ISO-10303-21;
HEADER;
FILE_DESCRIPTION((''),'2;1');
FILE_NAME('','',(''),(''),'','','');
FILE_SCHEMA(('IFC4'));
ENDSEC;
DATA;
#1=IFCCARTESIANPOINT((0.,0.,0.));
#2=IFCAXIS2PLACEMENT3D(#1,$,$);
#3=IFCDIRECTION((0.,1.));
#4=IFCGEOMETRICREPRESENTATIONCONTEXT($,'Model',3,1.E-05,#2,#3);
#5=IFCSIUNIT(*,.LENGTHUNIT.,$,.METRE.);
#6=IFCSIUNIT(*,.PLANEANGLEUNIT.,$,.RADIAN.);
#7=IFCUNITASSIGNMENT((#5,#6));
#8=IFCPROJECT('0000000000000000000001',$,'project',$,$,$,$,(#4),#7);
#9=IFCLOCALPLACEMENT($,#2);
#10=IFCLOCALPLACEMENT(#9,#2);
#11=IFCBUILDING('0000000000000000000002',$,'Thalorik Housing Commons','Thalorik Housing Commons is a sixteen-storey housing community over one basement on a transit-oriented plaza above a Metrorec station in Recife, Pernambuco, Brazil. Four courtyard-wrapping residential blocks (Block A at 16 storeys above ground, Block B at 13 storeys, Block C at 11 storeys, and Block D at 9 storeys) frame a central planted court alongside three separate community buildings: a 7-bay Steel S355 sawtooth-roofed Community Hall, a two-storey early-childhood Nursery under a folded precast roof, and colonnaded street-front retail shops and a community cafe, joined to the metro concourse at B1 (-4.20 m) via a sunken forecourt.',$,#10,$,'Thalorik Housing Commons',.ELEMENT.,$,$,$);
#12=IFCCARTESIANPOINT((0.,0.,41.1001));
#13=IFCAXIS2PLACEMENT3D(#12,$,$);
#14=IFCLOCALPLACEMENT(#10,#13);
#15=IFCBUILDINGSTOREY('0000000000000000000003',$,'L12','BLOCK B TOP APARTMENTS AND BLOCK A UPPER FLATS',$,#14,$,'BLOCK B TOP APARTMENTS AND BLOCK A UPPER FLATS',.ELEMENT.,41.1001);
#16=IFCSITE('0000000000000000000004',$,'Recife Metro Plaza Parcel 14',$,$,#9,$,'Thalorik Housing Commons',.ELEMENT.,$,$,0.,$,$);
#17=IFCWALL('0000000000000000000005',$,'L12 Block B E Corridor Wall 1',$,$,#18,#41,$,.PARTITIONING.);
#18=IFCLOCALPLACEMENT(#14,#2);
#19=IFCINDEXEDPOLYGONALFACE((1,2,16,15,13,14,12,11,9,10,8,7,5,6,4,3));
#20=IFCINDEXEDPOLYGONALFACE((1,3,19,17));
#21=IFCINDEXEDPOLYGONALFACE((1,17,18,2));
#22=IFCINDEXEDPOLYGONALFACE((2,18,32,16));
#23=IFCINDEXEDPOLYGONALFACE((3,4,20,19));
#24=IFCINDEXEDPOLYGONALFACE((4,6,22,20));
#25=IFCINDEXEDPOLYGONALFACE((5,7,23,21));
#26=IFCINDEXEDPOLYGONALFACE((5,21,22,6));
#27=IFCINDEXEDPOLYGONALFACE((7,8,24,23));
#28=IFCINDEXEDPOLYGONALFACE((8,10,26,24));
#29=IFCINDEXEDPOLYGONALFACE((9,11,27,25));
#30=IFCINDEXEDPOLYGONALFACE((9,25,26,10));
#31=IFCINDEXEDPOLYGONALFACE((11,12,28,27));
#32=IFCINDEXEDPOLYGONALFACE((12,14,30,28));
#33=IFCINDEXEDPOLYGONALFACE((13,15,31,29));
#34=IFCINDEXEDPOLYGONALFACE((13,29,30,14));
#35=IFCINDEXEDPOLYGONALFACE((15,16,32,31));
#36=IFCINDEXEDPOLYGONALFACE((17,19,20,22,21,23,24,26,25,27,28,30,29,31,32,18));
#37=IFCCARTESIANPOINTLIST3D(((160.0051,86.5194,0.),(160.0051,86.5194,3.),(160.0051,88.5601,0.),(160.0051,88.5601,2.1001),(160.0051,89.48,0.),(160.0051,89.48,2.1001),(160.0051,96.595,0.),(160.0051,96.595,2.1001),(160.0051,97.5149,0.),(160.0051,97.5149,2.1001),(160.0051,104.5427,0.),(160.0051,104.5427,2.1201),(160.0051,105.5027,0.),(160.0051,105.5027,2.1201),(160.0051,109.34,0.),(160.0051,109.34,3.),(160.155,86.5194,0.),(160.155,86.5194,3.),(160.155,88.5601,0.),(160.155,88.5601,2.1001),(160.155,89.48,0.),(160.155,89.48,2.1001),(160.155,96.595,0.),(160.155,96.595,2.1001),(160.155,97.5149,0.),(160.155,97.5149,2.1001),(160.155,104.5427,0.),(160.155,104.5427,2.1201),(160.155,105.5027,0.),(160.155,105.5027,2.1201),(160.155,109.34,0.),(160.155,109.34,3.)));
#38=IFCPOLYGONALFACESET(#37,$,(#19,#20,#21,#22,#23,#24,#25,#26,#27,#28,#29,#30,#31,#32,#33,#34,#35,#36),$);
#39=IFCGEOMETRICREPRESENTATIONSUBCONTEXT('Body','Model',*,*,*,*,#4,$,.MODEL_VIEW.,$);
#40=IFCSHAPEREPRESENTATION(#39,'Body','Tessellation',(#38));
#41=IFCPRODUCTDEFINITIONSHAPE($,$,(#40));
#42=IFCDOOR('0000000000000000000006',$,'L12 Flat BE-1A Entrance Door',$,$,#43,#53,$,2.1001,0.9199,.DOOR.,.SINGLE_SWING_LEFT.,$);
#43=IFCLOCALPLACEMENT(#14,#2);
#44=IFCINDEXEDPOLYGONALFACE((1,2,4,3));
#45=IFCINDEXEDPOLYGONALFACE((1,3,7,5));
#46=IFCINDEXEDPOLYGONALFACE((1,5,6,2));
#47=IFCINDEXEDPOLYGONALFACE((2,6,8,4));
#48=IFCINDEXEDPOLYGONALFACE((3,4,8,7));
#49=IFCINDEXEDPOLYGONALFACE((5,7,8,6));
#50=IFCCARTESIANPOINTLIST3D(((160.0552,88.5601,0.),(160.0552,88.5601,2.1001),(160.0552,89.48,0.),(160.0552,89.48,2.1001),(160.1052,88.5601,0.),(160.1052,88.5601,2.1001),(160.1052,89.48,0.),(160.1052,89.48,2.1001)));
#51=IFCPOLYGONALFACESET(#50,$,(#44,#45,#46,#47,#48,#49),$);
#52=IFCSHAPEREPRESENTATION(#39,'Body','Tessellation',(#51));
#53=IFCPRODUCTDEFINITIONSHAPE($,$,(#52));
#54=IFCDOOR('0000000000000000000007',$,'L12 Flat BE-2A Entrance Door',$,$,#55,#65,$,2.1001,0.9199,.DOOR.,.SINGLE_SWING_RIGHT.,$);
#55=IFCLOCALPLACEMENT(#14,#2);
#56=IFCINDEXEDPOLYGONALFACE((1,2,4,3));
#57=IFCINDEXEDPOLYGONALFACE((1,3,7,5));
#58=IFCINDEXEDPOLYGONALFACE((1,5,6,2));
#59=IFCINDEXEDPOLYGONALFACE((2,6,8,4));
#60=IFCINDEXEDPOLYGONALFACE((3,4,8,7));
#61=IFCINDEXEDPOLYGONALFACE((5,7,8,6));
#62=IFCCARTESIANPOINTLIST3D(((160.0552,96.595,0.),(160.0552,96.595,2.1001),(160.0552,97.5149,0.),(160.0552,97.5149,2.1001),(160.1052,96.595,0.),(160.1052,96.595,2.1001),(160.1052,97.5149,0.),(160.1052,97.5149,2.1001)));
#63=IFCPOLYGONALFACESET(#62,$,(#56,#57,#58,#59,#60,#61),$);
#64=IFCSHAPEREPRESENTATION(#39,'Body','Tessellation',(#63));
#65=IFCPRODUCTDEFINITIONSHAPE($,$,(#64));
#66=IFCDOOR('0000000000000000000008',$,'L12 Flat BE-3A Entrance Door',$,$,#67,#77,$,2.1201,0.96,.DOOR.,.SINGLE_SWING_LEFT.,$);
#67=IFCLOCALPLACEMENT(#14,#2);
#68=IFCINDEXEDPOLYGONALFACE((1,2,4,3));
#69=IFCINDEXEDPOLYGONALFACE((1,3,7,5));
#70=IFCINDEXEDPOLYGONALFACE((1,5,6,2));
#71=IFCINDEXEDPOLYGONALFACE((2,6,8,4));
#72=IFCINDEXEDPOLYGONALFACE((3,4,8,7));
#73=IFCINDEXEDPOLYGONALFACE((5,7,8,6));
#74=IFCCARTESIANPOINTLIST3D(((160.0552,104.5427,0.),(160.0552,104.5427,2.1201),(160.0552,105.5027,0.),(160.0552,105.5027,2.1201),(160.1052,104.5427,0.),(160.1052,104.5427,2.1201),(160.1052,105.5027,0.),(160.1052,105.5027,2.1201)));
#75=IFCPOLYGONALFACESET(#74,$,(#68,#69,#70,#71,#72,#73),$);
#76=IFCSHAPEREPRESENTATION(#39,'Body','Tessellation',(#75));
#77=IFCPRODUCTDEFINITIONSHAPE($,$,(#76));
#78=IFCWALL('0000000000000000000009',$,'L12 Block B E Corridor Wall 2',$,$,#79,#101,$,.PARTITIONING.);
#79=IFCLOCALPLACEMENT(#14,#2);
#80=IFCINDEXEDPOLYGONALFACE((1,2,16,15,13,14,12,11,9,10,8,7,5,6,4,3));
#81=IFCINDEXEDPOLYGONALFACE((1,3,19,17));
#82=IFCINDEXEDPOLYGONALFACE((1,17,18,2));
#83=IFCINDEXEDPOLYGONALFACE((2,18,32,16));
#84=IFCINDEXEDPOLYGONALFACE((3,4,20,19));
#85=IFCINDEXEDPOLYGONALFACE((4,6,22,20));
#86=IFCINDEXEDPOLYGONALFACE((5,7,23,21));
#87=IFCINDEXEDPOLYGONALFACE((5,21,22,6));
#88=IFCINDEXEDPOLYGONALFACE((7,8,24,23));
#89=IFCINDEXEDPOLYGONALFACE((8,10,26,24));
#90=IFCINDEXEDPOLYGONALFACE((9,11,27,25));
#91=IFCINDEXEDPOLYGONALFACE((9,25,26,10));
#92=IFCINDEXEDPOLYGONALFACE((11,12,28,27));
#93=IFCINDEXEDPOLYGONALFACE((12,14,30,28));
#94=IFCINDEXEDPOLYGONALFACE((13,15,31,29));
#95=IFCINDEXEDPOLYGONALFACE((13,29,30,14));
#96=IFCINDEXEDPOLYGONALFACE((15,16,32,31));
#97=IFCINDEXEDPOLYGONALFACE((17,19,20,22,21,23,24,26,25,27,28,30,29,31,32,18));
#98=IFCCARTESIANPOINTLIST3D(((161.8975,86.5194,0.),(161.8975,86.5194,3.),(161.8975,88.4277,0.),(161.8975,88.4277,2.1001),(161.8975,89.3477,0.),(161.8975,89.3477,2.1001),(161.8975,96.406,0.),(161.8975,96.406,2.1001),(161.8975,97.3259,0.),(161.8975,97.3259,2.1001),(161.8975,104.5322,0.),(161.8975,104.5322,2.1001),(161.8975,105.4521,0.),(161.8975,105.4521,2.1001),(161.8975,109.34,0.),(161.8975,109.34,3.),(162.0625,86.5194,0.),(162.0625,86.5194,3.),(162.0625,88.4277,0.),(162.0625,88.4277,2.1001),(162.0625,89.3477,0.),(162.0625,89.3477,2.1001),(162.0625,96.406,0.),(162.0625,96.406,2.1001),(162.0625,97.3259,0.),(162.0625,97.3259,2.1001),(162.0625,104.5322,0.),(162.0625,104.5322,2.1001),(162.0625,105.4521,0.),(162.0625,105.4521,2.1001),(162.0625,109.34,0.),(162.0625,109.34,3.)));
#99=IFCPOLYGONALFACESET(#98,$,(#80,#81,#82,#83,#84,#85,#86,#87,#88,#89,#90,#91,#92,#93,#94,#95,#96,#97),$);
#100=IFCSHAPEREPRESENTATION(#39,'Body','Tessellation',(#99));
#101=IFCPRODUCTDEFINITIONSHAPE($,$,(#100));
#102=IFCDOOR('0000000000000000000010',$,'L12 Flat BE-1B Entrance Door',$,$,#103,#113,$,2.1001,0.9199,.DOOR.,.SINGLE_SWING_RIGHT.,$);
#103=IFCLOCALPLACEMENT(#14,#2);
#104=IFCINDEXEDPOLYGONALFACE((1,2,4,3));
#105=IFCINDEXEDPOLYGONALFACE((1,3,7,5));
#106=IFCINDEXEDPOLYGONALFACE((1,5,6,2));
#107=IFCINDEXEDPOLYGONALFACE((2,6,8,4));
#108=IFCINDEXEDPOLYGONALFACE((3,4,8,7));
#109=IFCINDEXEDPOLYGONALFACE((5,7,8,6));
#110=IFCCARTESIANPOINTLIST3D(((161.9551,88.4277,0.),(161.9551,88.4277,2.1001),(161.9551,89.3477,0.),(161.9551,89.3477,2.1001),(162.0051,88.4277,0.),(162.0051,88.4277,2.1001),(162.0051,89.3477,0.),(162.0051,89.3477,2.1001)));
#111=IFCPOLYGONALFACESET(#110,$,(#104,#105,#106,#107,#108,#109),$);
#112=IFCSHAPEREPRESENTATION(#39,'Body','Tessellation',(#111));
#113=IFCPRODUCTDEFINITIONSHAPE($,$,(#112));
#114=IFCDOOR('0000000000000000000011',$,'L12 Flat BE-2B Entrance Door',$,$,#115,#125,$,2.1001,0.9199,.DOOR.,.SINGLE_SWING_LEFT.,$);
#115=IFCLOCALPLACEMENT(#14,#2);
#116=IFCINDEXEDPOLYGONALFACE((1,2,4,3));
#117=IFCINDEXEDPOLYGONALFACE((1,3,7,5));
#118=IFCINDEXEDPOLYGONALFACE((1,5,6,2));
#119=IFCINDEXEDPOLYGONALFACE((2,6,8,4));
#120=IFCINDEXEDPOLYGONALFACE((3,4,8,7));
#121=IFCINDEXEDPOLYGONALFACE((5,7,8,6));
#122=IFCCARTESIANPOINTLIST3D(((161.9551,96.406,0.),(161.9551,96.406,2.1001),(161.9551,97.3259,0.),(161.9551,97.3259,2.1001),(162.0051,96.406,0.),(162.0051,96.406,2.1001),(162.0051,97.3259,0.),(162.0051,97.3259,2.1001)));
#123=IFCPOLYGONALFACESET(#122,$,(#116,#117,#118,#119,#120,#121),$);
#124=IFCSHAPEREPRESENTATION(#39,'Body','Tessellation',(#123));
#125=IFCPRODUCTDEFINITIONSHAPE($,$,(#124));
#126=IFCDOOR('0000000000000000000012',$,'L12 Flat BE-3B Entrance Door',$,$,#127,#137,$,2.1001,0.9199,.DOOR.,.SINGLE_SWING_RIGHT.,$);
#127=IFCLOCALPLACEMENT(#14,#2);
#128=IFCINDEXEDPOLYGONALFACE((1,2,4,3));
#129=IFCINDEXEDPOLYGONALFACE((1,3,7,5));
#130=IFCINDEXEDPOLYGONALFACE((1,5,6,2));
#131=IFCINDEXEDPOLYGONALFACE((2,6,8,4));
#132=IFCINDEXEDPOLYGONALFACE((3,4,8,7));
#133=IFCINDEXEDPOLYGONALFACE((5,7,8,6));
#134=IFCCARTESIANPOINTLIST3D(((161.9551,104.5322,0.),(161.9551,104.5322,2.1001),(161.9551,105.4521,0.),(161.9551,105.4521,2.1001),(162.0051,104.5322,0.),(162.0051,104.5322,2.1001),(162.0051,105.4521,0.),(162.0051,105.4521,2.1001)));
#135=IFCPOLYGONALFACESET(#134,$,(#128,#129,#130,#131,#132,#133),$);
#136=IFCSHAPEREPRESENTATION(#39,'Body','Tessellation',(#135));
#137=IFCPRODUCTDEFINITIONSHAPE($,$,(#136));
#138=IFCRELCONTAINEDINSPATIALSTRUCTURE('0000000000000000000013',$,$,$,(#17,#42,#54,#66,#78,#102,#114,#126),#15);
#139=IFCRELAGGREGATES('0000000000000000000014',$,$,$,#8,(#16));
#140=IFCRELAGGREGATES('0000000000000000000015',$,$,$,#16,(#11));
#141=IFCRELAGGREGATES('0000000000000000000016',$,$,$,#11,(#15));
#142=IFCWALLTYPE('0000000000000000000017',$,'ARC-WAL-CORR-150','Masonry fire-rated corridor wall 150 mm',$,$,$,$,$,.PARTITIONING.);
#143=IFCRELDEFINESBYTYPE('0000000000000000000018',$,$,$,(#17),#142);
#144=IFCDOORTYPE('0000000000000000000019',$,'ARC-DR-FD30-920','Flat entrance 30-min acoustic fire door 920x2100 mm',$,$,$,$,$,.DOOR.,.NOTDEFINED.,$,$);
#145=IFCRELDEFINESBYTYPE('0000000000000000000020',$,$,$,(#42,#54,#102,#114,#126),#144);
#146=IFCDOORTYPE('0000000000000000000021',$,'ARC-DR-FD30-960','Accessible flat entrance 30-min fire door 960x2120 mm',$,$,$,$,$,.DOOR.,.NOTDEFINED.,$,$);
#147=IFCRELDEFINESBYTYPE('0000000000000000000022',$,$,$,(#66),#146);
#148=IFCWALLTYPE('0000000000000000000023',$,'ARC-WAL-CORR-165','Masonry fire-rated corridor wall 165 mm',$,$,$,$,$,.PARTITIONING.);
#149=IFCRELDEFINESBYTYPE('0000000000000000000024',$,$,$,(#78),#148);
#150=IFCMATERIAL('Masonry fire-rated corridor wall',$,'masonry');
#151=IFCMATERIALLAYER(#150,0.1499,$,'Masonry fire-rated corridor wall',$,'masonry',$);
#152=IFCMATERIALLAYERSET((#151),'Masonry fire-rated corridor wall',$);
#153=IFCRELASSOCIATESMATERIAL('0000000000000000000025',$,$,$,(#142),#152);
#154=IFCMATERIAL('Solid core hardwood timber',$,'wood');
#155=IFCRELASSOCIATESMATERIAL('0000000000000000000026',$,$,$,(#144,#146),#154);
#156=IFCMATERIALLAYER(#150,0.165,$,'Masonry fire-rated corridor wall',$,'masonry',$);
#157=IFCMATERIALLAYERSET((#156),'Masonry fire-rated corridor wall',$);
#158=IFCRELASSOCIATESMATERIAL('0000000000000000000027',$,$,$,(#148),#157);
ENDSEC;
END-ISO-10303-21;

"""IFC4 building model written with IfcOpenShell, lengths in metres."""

from ifc_helpers import new_model, si_unit, direction, frame, frame_2d, origin, place, context, subcontext, project, spatial, rectangle, extrude, material, layer, layer_set, type_object, element, fill, save


model = new_model("IFC4")

# Units and contexts
model_context = context("Model", 3, precision=1e-05, world=origin(), true_north=direction((0.0, 1.0)))
body_context = subcontext(model_context, "Body", "Model", "MODEL_VIEW")
ifc_project = project(units=[si_unit("LENGTHUNIT", "METRE"), si_unit("PLANEANGLEUNIT", "RADIAN")], contexts=[model_context])

# Site, building, storey
site_placement = place(None, origin())
site = spatial("IfcSite", under=ifc_project, at=site_placement, Name="Recife Metro Plaza Parcel 14", LongName="Thalorik Housing Commons", CompositionType="ELEMENT", RefElevation=0.0)
building_placement = place(site_placement, origin())
building = spatial("IfcBuilding", under=site, at=building_placement, Name="Thalorik Housing Commons", Description="Thalorik Housing Commons is a sixteen-storey housing community over one basement on a transit-oriented plaza above a Metrorec station in Recife, Pernambuco, Brazil. Four courtyard-wrapping residential blocks (Block A at 16 storeys above ground, Block B at 13 storeys, Block C at 11 storeys, and Block D at 9 storeys) frame a central planted court alongside three separate community buildings: a 7-bay Steel S355 sawtooth-roofed Community Hall, a two-storey early-childhood Nursery under a folded precast roof, and colonnaded street-front retail shops and a community cafe, joined to the metro concourse at B1 (-4.20 m) via a sunken forecourt.", LongName="Thalorik Housing Commons", CompositionType="ELEMENT")
storey_placement = place(building_placement, frame((0.0, 0.0, 41.1001)))
storey = spatial("IfcBuildingStorey", under=building, at=storey_placement, Name="L12", Description="BLOCK B TOP APARTMENTS AND BLOCK A UPPER FLATS", LongName="BLOCK B TOP APARTMENTS AND BLOCK A UPPER FLATS", CompositionType="ELEMENT", Elevation=41.1001)

# Walls, openings, doors
ifc_material_1 = material(Name="Masonry fire-rated corridor wall", Category="masonry")
ifc_layer_1 = layer(ifc_material_1, 0.1499, Name="Masonry fire-rated corridor wall", Category="masonry")
ifc_layer_set_1 = layer_set([ifc_layer_1], Name="Masonry fire-rated corridor wall")
wall_type_1 = type_object("IfcWallType", Name="ARC-WAL-CORR-150", Description="Masonry fire-rated corridor wall 150 mm", PredefinedType="PARTITIONING", material=ifc_layer_set_1)
wall_1_placement = place(storey_placement, frame((160.0801, 86.5195, 0.0), z_axis=(0.0, 0.0, 1.0), x_axis=(0.0, 1.0, 0.0)))
wall_1 = element("IfcWall", 1, at=wall_1_placement, inside=storey, type_object=wall_type_1, Name="L12 Block B E Corridor Wall 1", PredefinedType="PARTITIONING", context=body_context, shape_type="SweptSolid", body=[
    extrude(rectangle(XDim=22.8206, YDim=0.1499, at=frame_2d((11.4102, 0.0))), origin(), (0.0, 0.0, 1.0), 3.0),
])
opening_1_placement = place(wall_1_placement, frame((2.0405, 0.0, 0.0)))
opening_1 = element("IfcOpeningElement", 2, at=opening_1_placement, cuts=wall_1, PredefinedType="OPENING", context=body_context, shape_type="SweptSolid", body=[
    extrude(rectangle(XDim=0.9199, YDim=2.1001, at=frame_2d((0.46, 1.05))), frame((0.0, 0.085, 0.0), z_axis=(0.0, -1.0, 0.0), x_axis=(1.0, 0.0, 0.0)), (0.0, 0.0, 1.0), 0.1699),
])
opening_2_placement = place(wall_1_placement, frame((10.0754, 0.0, 0.0)))
opening_2 = element("IfcOpeningElement", 3, at=opening_2_placement, cuts=wall_1, PredefinedType="OPENING", context=body_context, shape_type="SweptSolid", body=[
    extrude(rectangle(XDim=0.9199, YDim=2.1001, at=frame_2d((0.46, 1.05))), frame((0.0, 0.085, 0.0), z_axis=(0.0, -1.0, 0.0), x_axis=(1.0, 0.0, 0.0)), (0.0, 0.0, 1.0), 0.1699),
])
opening_3_placement = place(wall_1_placement, frame((18.0232, 0.0, 0.0)))
opening_3 = element("IfcOpeningElement", 4, at=opening_3_placement, cuts=wall_1, PredefinedType="OPENING", context=body_context, shape_type="SweptSolid", body=[
    extrude(rectangle(XDim=0.96, YDim=2.1201, at=frame_2d((0.48, 1.0601))), frame((0.0, 0.085, 0.0), z_axis=(0.0, -1.0, 0.0), x_axis=(1.0, 0.0, 0.0)), (0.0, 0.0, 1.0), 0.1699),
])
ifc_material_2 = material(Name="Solid core hardwood timber", Category="wood")
door_type_1 = type_object("IfcDoorType", Name="ARC-DR-FD30-920", Description="Flat entrance 30-min acoustic fire door 920x2100 mm", OperationType="NOTDEFINED", PredefinedType="DOOR", material=ifc_material_2)
door_1_placement = place(opening_1_placement, origin())
door_1 = element("IfcDoor", 5, at=door_1_placement, inside=storey, type_object=door_type_1, Name="L12 Flat BE-1A Entrance Door", OperationType="SINGLE_SWING_LEFT", OverallHeight=2.1001, OverallWidth=0.9199, PredefinedType="DOOR", context=body_context, shape_type="SweptSolid", body=[
    extrude(rectangle(XDim=0.9199, YDim=2.1001, at=frame_2d((0.46, 1.05))), frame((0.0, 0.0249, 0.0), z_axis=(0.0, -1.0, 0.0), x_axis=(1.0, 0.0, 0.0)), (0.0, 0.0, 1.0), 0.05),
])
fill(opening_1, door_1)
door_2_placement = place(opening_2_placement, origin())
door_2 = element("IfcDoor", 6, at=door_2_placement, inside=storey, type_object=door_type_1, Name="L12 Flat BE-2A Entrance Door", OperationType="SINGLE_SWING_RIGHT", OverallHeight=2.1001, OverallWidth=0.9199, PredefinedType="DOOR", context=body_context, shape_type="SweptSolid", body=[
    extrude(rectangle(XDim=0.9199, YDim=2.1001, at=frame_2d((0.46, 1.05))), frame((0.0, 0.0249, 0.0), z_axis=(0.0, -1.0, 0.0), x_axis=(1.0, 0.0, 0.0)), (0.0, 0.0, 1.0), 0.05),
])
fill(opening_2, door_2)
door_type_2 = type_object("IfcDoorType", Name="ARC-DR-FD30-960", Description="Accessible flat entrance 30-min fire door 960x2120 mm", OperationType="NOTDEFINED", PredefinedType="DOOR", material=ifc_material_2)
door_3_placement = place(opening_3_placement, origin())
door_3 = element("IfcDoor", 7, at=door_3_placement, inside=storey, type_object=door_type_2, Name="L12 Flat BE-3A Entrance Door", OperationType="SINGLE_SWING_LEFT", OverallHeight=2.1201, OverallWidth=0.96, PredefinedType="DOOR", context=body_context, shape_type="SweptSolid", body=[
    extrude(rectangle(XDim=0.96, YDim=2.1201, at=frame_2d((0.48, 1.0601))), frame((0.0, 0.0249, 0.0), z_axis=(0.0, -1.0, 0.0), x_axis=(1.0, 0.0, 0.0)), (0.0, 0.0, 1.0), 0.05),
])
fill(opening_3, door_3)
ifc_layer_2 = layer(ifc_material_1, 0.165, Name="Masonry fire-rated corridor wall", Category="masonry")
ifc_layer_set_2 = layer_set([ifc_layer_2], Name="Masonry fire-rated corridor wall")
wall_type_2 = type_object("IfcWallType", Name="ARC-WAL-CORR-165", Description="Masonry fire-rated corridor wall 165 mm", PredefinedType="PARTITIONING", material=ifc_layer_set_2)
wall_2_placement = place(storey_placement, frame((161.98, 86.5195, 0.0), z_axis=(0.0, 0.0, 1.0), x_axis=(0.0, 1.0, 0.0)))
wall_2 = element("IfcWall", 8, at=wall_2_placement, inside=storey, type_object=wall_type_2, Name="L12 Block B E Corridor Wall 2", PredefinedType="PARTITIONING", context=body_context, shape_type="SweptSolid", body=[
    extrude(rectangle(XDim=22.8206, YDim=0.165, at=frame_2d((11.4102, 0.0))), origin(), (0.0, 0.0, 1.0), 3.0),
])
opening_4_placement = place(wall_2_placement, frame((1.9082, 0.0, 0.0)))
opening_4 = element("IfcOpeningElement", 9, at=opening_4_placement, cuts=wall_2, PredefinedType="OPENING", context=body_context, shape_type="SweptSolid", body=[
    extrude(rectangle(XDim=0.9199, YDim=2.1001, at=frame_2d((0.46, 1.05))), frame((0.0, 0.0925, 0.0), z_axis=(0.0, -1.0, 0.0), x_axis=(1.0, 0.0, 0.0)), (0.0, 0.0, 1.0), 0.1851),
])
opening_5_placement = place(wall_2_placement, frame((9.8865, 0.0, 0.0)))
opening_5 = element("IfcOpeningElement", 10, at=opening_5_placement, cuts=wall_2, PredefinedType="OPENING", context=body_context, shape_type="SweptSolid", body=[
    extrude(rectangle(XDim=0.9199, YDim=2.1001, at=frame_2d((0.46, 1.05))), frame((0.0, 0.0925, 0.0), z_axis=(0.0, -1.0, 0.0), x_axis=(1.0, 0.0, 0.0)), (0.0, 0.0, 1.0), 0.1851),
])
opening_6_placement = place(wall_2_placement, frame((18.0127, 0.0, 0.0)))
opening_6 = element("IfcOpeningElement", 11, at=opening_6_placement, cuts=wall_2, PredefinedType="OPENING", context=body_context, shape_type="SweptSolid", body=[
    extrude(rectangle(XDim=0.9199, YDim=2.1001, at=frame_2d((0.46, 1.05))), frame((0.0, 0.0925, 0.0), z_axis=(0.0, -1.0, 0.0), x_axis=(1.0, 0.0, 0.0)), (0.0, 0.0, 1.0), 0.1851),
])
door_4_placement = place(opening_4_placement, origin())
door_4 = element("IfcDoor", 12, at=door_4_placement, inside=storey, type_object=door_type_1, Name="L12 Flat BE-1B Entrance Door", OperationType="SINGLE_SWING_RIGHT", OverallHeight=2.1001, OverallWidth=0.9199, PredefinedType="DOOR", context=body_context, shape_type="SweptSolid", body=[
    extrude(rectangle(XDim=0.9199, YDim=2.1001, at=frame_2d((0.46, 1.05))), frame((0.0, 0.0249, 0.0), z_axis=(0.0, -1.0, 0.0), x_axis=(1.0, 0.0, 0.0)), (0.0, 0.0, 1.0), 0.05),
])
fill(opening_4, door_4)
door_5_placement = place(opening_5_placement, origin())
door_5 = element("IfcDoor", 13, at=door_5_placement, inside=storey, type_object=door_type_1, Name="L12 Flat BE-2B Entrance Door", OperationType="SINGLE_SWING_LEFT", OverallHeight=2.1001, OverallWidth=0.9199, PredefinedType="DOOR", context=body_context, shape_type="SweptSolid", body=[
    extrude(rectangle(XDim=0.9199, YDim=2.1001, at=frame_2d((0.46, 1.05))), frame((0.0, 0.0249, 0.0), z_axis=(0.0, -1.0, 0.0), x_axis=(1.0, 0.0, 0.0)), (0.0, 0.0, 1.0), 0.05),
])
fill(opening_5, door_5)
door_6_placement = place(opening_6_placement, origin())
door_6 = element("IfcDoor", 14, at=door_6_placement, inside=storey, type_object=door_type_1, Name="L12 Flat BE-3B Entrance Door", OperationType="SINGLE_SWING_RIGHT", OverallHeight=2.1001, OverallWidth=0.9199, PredefinedType="DOOR", context=body_context, shape_type="SweptSolid", body=[
    extrude(rectangle(XDim=0.9199, YDim=2.1001, at=frame_2d((0.46, 1.05))), frame((0.0, 0.0249, 0.0), z_axis=(0.0, -1.0, 0.0), x_axis=(1.0, 0.0, 0.0)), (0.0, 0.0, 1.0), 0.05),
])
fill(opening_6, door_6)

save(model, "model.ifc")
